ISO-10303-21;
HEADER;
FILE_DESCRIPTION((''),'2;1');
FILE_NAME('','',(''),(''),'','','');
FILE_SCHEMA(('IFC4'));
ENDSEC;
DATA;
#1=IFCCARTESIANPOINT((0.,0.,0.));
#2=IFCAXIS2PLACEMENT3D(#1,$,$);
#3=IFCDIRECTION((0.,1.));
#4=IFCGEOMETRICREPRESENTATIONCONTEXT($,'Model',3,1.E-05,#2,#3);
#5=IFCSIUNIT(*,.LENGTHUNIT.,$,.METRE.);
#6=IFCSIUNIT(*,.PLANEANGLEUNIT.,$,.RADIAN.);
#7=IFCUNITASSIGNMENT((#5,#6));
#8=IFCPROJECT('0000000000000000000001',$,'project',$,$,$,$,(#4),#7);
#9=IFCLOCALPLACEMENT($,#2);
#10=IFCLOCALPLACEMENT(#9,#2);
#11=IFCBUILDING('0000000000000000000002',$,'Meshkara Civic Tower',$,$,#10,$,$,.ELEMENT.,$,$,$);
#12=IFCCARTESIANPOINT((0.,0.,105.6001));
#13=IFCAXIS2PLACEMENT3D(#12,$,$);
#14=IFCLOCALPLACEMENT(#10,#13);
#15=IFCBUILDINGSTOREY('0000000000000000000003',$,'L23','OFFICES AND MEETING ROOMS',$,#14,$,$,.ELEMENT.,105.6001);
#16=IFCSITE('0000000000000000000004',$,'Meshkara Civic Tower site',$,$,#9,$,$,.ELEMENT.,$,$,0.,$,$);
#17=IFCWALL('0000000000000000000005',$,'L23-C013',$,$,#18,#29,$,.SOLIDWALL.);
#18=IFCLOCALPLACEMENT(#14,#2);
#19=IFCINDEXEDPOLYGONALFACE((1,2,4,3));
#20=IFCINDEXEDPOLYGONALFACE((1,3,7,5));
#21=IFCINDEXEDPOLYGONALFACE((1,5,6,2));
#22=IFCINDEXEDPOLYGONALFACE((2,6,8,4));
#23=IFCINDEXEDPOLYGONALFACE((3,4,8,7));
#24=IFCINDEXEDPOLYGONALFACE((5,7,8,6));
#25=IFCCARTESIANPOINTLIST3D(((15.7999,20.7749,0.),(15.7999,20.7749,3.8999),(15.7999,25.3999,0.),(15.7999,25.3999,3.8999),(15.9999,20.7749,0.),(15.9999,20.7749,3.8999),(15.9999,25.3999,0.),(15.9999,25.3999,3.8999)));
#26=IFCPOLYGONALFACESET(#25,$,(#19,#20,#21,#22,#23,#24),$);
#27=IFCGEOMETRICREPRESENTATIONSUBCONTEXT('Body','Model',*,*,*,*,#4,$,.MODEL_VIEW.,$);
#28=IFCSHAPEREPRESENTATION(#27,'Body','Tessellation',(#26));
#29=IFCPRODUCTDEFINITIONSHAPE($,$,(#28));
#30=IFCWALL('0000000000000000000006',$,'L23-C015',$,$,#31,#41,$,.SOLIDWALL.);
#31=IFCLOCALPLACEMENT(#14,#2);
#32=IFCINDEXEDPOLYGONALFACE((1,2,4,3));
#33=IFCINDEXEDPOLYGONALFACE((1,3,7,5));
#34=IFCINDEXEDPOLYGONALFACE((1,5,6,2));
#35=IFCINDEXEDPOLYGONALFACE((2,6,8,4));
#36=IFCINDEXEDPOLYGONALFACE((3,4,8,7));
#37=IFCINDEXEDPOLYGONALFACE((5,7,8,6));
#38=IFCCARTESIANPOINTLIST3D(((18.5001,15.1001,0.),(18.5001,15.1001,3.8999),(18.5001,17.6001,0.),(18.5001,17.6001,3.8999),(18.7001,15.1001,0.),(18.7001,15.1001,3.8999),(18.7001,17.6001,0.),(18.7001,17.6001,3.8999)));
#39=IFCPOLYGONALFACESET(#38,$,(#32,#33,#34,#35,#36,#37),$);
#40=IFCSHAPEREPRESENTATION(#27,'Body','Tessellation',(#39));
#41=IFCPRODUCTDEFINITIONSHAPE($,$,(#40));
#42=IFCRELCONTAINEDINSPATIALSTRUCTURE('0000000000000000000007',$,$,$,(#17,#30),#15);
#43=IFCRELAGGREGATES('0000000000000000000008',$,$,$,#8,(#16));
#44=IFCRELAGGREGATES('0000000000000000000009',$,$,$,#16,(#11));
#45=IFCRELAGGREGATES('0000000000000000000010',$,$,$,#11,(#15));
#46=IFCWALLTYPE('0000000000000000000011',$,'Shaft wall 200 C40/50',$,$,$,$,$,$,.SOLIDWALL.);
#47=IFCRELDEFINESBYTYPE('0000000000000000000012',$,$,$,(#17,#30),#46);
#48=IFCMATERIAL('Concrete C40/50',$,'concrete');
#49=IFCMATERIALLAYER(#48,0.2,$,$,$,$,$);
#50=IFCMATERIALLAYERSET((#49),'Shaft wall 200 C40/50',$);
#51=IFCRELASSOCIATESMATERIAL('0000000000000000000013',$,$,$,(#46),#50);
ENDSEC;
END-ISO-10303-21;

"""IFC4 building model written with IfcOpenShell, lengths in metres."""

from ifc_helpers import new_model, si_unit, direction, frame, frame_2d, origin, place, context, subcontext, project, spatial, rectangle, extrude, material, layer, layer_set, type_object, element, save


model = new_model("IFC4")

# Units and contexts
model_context = context("Model", 3, precision=1e-05, world=origin(), true_north=direction((0.0, 1.0)))
body_context = subcontext(model_context, "Body", "Model", "MODEL_VIEW")
ifc_project = project(units=[si_unit("LENGTHUNIT", "METRE"), si_unit("PLANEANGLEUNIT", "RADIAN")], contexts=[model_context])

# Site, building, storey
site_placement = place(None, origin())
site = spatial("IfcSite", under=ifc_project, at=site_placement, Name="Meshkara Civic Tower site", CompositionType="ELEMENT", RefElevation=0.0)
building_placement = place(site_placement, origin())
building = spatial("IfcBuilding", under=site, at=building_placement, Name="Meshkara Civic Tower", CompositionType="ELEMENT")
storey_placement = place(building_placement, frame((0.0, 0.0, 105.6001)))
storey = spatial("IfcBuildingStorey", under=building, at=storey_placement, Name="L23", Description="OFFICES AND MEETING ROOMS", CompositionType="ELEMENT", Elevation=105.6001)

# Shared definitions
ifc_material_1 = material(Name="Concrete C40/50", Category="concrete")
ifc_layer_1 = layer(ifc_material_1, 0.2)
ifc_layer_set_1 = layer_set([ifc_layer_1], Name="Shaft wall 200 C40/50")
wall_type_1 = type_object("IfcWallType", Name="Shaft wall 200 C40/50", PredefinedType="SOLIDWALL", material=ifc_layer_set_1)

# Walls
wall_1_placement = place(storey_placement, frame((15.8999, 20.7749, 0.0), z_axis=(0.0, 0.0, 1.0), x_axis=(0.0, 1.0, 0.0)))
element("IfcWall", 1, at=wall_1_placement, inside=storey, type_object=wall_type_1, Name="L23-C013", PredefinedType="SOLIDWALL", context=body_context, shape_type="SweptSolid", body=[
    extrude(rectangle(XDim=4.625, YDim=0.2, at=frame_2d((2.3125, 0.0))), origin(), (0.0, 0.0, 1.0), 3.8999),
])
wall_2_placement = place(storey_placement, frame((18.6001, 15.1001, 0.0), z_axis=(0.0, 0.0, 1.0), x_axis=(0.0, 1.0, 0.0)))
element("IfcWall", 2, at=wall_2_placement, inside=storey, type_object=wall_type_1, Name="L23-C015", PredefinedType="SOLIDWALL", context=body_context, shape_type="SweptSolid", body=[
    extrude(rectangle(XDim=2.5, YDim=0.2, at=frame_2d((1.25, 0.0))), origin(), (0.0, 0.0, 1.0), 3.8999),
])

save(model, "model.ifc")
